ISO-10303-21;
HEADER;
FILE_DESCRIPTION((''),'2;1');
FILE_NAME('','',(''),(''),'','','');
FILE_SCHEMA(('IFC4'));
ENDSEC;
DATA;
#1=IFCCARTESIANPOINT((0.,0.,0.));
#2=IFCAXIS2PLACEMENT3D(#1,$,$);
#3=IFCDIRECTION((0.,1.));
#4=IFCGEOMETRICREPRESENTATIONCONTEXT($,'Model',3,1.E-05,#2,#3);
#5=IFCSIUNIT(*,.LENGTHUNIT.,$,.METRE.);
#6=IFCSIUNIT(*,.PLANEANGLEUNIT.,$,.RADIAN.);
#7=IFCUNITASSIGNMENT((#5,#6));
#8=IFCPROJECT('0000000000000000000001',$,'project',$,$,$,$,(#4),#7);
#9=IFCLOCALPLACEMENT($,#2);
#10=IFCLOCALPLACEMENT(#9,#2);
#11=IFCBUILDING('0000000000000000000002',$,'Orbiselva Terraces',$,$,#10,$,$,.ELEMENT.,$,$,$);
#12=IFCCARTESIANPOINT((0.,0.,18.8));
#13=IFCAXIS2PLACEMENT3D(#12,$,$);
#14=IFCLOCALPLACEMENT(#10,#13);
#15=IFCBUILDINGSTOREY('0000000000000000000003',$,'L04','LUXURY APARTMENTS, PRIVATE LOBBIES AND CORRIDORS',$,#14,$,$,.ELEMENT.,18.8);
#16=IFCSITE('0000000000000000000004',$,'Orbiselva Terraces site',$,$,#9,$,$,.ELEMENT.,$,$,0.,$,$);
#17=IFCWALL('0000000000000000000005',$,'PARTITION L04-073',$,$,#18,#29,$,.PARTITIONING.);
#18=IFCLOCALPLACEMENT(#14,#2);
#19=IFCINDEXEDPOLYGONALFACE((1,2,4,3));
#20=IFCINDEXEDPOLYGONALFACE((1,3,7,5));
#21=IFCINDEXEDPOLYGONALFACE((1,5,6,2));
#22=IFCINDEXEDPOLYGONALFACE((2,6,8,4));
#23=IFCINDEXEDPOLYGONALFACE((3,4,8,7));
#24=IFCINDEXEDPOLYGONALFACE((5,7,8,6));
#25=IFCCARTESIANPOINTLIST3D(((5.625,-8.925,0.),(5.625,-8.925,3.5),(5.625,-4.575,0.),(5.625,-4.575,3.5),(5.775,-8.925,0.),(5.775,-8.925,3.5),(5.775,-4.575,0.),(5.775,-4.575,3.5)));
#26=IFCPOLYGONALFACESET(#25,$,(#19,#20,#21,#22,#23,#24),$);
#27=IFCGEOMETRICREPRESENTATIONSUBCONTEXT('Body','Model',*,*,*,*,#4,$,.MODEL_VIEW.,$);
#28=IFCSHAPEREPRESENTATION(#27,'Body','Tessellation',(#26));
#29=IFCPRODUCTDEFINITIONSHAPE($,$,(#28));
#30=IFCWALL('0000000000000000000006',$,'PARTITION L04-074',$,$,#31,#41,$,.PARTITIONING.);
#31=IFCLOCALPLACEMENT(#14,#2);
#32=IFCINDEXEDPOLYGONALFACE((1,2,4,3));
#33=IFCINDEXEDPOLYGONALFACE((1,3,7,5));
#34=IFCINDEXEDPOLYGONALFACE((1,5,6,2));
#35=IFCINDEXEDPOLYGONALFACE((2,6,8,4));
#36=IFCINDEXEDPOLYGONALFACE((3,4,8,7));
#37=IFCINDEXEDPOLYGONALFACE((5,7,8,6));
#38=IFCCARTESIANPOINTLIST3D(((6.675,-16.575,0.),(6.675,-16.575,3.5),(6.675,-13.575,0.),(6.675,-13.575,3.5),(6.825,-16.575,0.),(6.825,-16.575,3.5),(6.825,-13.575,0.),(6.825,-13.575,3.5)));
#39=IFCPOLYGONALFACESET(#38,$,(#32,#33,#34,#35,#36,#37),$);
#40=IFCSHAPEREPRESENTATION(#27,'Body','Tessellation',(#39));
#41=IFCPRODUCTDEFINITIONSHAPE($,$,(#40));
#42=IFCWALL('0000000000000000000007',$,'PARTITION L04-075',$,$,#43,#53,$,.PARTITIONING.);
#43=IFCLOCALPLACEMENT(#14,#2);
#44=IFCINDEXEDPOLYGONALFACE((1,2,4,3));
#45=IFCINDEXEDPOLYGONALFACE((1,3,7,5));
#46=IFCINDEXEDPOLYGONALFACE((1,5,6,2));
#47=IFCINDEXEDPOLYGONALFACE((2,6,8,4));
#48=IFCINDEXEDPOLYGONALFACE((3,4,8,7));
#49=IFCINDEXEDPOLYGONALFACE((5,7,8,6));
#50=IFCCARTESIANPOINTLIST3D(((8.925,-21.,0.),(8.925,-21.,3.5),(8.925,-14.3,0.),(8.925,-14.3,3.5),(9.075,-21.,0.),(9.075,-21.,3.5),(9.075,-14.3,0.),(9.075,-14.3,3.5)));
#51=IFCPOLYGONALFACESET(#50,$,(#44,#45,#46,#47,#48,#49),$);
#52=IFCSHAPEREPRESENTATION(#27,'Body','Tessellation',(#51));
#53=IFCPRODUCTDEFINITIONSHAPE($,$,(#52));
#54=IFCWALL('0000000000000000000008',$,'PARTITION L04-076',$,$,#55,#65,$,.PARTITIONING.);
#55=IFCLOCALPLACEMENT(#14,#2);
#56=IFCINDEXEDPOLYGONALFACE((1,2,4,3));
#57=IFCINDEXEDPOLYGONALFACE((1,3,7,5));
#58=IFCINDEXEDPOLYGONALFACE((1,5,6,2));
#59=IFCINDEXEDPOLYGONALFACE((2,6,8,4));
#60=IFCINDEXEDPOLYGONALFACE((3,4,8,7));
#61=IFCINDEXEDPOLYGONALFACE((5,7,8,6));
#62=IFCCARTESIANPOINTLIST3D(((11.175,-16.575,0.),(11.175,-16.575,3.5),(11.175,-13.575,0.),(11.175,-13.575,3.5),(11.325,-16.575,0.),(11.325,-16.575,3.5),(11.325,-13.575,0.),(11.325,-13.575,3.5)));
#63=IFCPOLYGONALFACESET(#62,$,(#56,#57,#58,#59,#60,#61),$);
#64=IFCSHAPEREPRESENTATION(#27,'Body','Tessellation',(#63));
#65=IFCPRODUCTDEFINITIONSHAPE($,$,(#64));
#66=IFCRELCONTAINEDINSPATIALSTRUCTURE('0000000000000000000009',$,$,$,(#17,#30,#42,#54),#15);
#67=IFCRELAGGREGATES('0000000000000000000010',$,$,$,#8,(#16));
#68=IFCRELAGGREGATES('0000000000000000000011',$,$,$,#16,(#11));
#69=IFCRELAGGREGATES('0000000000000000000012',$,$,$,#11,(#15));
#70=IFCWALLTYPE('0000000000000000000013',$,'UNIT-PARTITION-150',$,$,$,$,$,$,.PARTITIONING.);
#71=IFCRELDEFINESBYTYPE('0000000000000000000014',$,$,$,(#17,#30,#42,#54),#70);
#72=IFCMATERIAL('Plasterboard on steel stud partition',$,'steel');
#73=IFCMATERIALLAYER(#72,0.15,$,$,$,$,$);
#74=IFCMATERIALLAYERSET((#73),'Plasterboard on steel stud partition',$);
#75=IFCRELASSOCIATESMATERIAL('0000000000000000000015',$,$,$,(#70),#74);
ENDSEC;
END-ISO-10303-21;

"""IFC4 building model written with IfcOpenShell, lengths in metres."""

from ifc_helpers import new_model, si_unit, direction, frame, frame_2d, origin, place, context, subcontext, project, spatial, rectangle, extrude, material, layer, layer_set, type_object, element, save


model = new_model("IFC4")

# Units and contexts
model_context = context("Model", 3, precision=1e-05, world=origin(), true_north=direction((0.0, 1.0)))
body_context = subcontext(model_context, "Body", "Model", "MODEL_VIEW")
ifc_project = project(units=[si_unit("LENGTHUNIT", "METRE"), si_unit("PLANEANGLEUNIT", "RADIAN")], contexts=[model_context])

# Site, building, storey
site_placement = place(None, origin())
site = spatial("IfcSite", under=ifc_project, at=site_placement, Name="Orbiselva Terraces site", CompositionType="ELEMENT", RefElevation=0.0)
building_placement = place(site_placement, origin())
building = spatial("IfcBuilding", under=site, at=building_placement, Name="Orbiselva Terraces", CompositionType="ELEMENT")
storey_placement = place(building_placement, frame((0.0, 0.0, 18.8)))
storey = spatial("IfcBuildingStorey", under=building, at=storey_placement, Name="L04", Description="LUXURY APARTMENTS, PRIVATE LOBBIES AND CORRIDORS", CompositionType="ELEMENT", Elevation=18.8)

# Shared definitions
ifc_material_1 = material(Name="Plasterboard on steel stud partition", Category="steel")

# Shared definitions
ifc_layer_1 = layer(ifc_material_1, 0.15)
ifc_layer_set_1 = layer_set([ifc_layer_1], Name="Plasterboard on steel stud partition")
wall_type_1 = type_object("IfcWallType", Name="UNIT-PARTITION-150", PredefinedType="PARTITIONING", material=ifc_layer_set_1)

# Walls
wall_1_placement = place(storey_placement, frame((5.7, -8.925, 0.0), z_axis=(0.0, 0.0, 1.0), x_axis=(0.0, 1.0, 0.0)))
element("IfcWall", 1, at=wall_1_placement, inside=storey, type_object=wall_type_1, Name="PARTITION L04-073", PredefinedType="PARTITIONING", context=body_context, shape_type="SweptSolid", body=[
    extrude(rectangle(XDim=4.35, YDim=0.15, at=frame_2d((2.175, 0.0))), origin(), (0.0, 0.0, 1.0), 3.5),
])
wall_2_placement = place(storey_placement, frame((6.75, -16.575, 0.0), z_axis=(0.0, 0.0, 1.0), x_axis=(0.0, 1.0, 0.0)))
element("IfcWall", 2, at=wall_2_placement, inside=storey, type_object=wall_type_1, Name="PARTITION L04-074", PredefinedType="PARTITIONING", context=body_context, shape_type="SweptSolid", body=[
    extrude(rectangle(XDim=3.0, YDim=0.15, at=frame_2d((1.5, 0.0))), origin(), (0.0, 0.0, 1.0), 3.5),
])
wall_3_placement = place(storey_placement, frame((9.0, -21.0, 0.0), z_axis=(0.0, 0.0, 1.0), x_axis=(0.0, 1.0, 0.0)))
element("IfcWall", 3, at=wall_3_placement, inside=storey, type_object=wall_type_1, Name="PARTITION L04-075", PredefinedType="PARTITIONING", context=body_context, shape_type="SweptSolid", body=[
    extrude(rectangle(XDim=6.7, YDim=0.15, at=frame_2d((3.35, 0.0))), origin(), (0.0, 0.0, 1.0), 3.5),
])
wall_4_placement = place(storey_placement, frame((11.25, -16.575, 0.0), z_axis=(0.0, 0.0, 1.0), x_axis=(0.0, 1.0, 0.0)))
element("IfcWall", 4, at=wall_4_placement, inside=storey, type_object=wall_type_1, Name="PARTITION L04-076", PredefinedType="PARTITIONING", context=body_context, shape_type="SweptSolid", body=[
    extrude(rectangle(XDim=3.0, YDim=0.15, at=frame_2d((1.5, 0.0))), origin(), (0.0, 0.0, 1.0), 3.5),
])

save(model, "model.ifc")
